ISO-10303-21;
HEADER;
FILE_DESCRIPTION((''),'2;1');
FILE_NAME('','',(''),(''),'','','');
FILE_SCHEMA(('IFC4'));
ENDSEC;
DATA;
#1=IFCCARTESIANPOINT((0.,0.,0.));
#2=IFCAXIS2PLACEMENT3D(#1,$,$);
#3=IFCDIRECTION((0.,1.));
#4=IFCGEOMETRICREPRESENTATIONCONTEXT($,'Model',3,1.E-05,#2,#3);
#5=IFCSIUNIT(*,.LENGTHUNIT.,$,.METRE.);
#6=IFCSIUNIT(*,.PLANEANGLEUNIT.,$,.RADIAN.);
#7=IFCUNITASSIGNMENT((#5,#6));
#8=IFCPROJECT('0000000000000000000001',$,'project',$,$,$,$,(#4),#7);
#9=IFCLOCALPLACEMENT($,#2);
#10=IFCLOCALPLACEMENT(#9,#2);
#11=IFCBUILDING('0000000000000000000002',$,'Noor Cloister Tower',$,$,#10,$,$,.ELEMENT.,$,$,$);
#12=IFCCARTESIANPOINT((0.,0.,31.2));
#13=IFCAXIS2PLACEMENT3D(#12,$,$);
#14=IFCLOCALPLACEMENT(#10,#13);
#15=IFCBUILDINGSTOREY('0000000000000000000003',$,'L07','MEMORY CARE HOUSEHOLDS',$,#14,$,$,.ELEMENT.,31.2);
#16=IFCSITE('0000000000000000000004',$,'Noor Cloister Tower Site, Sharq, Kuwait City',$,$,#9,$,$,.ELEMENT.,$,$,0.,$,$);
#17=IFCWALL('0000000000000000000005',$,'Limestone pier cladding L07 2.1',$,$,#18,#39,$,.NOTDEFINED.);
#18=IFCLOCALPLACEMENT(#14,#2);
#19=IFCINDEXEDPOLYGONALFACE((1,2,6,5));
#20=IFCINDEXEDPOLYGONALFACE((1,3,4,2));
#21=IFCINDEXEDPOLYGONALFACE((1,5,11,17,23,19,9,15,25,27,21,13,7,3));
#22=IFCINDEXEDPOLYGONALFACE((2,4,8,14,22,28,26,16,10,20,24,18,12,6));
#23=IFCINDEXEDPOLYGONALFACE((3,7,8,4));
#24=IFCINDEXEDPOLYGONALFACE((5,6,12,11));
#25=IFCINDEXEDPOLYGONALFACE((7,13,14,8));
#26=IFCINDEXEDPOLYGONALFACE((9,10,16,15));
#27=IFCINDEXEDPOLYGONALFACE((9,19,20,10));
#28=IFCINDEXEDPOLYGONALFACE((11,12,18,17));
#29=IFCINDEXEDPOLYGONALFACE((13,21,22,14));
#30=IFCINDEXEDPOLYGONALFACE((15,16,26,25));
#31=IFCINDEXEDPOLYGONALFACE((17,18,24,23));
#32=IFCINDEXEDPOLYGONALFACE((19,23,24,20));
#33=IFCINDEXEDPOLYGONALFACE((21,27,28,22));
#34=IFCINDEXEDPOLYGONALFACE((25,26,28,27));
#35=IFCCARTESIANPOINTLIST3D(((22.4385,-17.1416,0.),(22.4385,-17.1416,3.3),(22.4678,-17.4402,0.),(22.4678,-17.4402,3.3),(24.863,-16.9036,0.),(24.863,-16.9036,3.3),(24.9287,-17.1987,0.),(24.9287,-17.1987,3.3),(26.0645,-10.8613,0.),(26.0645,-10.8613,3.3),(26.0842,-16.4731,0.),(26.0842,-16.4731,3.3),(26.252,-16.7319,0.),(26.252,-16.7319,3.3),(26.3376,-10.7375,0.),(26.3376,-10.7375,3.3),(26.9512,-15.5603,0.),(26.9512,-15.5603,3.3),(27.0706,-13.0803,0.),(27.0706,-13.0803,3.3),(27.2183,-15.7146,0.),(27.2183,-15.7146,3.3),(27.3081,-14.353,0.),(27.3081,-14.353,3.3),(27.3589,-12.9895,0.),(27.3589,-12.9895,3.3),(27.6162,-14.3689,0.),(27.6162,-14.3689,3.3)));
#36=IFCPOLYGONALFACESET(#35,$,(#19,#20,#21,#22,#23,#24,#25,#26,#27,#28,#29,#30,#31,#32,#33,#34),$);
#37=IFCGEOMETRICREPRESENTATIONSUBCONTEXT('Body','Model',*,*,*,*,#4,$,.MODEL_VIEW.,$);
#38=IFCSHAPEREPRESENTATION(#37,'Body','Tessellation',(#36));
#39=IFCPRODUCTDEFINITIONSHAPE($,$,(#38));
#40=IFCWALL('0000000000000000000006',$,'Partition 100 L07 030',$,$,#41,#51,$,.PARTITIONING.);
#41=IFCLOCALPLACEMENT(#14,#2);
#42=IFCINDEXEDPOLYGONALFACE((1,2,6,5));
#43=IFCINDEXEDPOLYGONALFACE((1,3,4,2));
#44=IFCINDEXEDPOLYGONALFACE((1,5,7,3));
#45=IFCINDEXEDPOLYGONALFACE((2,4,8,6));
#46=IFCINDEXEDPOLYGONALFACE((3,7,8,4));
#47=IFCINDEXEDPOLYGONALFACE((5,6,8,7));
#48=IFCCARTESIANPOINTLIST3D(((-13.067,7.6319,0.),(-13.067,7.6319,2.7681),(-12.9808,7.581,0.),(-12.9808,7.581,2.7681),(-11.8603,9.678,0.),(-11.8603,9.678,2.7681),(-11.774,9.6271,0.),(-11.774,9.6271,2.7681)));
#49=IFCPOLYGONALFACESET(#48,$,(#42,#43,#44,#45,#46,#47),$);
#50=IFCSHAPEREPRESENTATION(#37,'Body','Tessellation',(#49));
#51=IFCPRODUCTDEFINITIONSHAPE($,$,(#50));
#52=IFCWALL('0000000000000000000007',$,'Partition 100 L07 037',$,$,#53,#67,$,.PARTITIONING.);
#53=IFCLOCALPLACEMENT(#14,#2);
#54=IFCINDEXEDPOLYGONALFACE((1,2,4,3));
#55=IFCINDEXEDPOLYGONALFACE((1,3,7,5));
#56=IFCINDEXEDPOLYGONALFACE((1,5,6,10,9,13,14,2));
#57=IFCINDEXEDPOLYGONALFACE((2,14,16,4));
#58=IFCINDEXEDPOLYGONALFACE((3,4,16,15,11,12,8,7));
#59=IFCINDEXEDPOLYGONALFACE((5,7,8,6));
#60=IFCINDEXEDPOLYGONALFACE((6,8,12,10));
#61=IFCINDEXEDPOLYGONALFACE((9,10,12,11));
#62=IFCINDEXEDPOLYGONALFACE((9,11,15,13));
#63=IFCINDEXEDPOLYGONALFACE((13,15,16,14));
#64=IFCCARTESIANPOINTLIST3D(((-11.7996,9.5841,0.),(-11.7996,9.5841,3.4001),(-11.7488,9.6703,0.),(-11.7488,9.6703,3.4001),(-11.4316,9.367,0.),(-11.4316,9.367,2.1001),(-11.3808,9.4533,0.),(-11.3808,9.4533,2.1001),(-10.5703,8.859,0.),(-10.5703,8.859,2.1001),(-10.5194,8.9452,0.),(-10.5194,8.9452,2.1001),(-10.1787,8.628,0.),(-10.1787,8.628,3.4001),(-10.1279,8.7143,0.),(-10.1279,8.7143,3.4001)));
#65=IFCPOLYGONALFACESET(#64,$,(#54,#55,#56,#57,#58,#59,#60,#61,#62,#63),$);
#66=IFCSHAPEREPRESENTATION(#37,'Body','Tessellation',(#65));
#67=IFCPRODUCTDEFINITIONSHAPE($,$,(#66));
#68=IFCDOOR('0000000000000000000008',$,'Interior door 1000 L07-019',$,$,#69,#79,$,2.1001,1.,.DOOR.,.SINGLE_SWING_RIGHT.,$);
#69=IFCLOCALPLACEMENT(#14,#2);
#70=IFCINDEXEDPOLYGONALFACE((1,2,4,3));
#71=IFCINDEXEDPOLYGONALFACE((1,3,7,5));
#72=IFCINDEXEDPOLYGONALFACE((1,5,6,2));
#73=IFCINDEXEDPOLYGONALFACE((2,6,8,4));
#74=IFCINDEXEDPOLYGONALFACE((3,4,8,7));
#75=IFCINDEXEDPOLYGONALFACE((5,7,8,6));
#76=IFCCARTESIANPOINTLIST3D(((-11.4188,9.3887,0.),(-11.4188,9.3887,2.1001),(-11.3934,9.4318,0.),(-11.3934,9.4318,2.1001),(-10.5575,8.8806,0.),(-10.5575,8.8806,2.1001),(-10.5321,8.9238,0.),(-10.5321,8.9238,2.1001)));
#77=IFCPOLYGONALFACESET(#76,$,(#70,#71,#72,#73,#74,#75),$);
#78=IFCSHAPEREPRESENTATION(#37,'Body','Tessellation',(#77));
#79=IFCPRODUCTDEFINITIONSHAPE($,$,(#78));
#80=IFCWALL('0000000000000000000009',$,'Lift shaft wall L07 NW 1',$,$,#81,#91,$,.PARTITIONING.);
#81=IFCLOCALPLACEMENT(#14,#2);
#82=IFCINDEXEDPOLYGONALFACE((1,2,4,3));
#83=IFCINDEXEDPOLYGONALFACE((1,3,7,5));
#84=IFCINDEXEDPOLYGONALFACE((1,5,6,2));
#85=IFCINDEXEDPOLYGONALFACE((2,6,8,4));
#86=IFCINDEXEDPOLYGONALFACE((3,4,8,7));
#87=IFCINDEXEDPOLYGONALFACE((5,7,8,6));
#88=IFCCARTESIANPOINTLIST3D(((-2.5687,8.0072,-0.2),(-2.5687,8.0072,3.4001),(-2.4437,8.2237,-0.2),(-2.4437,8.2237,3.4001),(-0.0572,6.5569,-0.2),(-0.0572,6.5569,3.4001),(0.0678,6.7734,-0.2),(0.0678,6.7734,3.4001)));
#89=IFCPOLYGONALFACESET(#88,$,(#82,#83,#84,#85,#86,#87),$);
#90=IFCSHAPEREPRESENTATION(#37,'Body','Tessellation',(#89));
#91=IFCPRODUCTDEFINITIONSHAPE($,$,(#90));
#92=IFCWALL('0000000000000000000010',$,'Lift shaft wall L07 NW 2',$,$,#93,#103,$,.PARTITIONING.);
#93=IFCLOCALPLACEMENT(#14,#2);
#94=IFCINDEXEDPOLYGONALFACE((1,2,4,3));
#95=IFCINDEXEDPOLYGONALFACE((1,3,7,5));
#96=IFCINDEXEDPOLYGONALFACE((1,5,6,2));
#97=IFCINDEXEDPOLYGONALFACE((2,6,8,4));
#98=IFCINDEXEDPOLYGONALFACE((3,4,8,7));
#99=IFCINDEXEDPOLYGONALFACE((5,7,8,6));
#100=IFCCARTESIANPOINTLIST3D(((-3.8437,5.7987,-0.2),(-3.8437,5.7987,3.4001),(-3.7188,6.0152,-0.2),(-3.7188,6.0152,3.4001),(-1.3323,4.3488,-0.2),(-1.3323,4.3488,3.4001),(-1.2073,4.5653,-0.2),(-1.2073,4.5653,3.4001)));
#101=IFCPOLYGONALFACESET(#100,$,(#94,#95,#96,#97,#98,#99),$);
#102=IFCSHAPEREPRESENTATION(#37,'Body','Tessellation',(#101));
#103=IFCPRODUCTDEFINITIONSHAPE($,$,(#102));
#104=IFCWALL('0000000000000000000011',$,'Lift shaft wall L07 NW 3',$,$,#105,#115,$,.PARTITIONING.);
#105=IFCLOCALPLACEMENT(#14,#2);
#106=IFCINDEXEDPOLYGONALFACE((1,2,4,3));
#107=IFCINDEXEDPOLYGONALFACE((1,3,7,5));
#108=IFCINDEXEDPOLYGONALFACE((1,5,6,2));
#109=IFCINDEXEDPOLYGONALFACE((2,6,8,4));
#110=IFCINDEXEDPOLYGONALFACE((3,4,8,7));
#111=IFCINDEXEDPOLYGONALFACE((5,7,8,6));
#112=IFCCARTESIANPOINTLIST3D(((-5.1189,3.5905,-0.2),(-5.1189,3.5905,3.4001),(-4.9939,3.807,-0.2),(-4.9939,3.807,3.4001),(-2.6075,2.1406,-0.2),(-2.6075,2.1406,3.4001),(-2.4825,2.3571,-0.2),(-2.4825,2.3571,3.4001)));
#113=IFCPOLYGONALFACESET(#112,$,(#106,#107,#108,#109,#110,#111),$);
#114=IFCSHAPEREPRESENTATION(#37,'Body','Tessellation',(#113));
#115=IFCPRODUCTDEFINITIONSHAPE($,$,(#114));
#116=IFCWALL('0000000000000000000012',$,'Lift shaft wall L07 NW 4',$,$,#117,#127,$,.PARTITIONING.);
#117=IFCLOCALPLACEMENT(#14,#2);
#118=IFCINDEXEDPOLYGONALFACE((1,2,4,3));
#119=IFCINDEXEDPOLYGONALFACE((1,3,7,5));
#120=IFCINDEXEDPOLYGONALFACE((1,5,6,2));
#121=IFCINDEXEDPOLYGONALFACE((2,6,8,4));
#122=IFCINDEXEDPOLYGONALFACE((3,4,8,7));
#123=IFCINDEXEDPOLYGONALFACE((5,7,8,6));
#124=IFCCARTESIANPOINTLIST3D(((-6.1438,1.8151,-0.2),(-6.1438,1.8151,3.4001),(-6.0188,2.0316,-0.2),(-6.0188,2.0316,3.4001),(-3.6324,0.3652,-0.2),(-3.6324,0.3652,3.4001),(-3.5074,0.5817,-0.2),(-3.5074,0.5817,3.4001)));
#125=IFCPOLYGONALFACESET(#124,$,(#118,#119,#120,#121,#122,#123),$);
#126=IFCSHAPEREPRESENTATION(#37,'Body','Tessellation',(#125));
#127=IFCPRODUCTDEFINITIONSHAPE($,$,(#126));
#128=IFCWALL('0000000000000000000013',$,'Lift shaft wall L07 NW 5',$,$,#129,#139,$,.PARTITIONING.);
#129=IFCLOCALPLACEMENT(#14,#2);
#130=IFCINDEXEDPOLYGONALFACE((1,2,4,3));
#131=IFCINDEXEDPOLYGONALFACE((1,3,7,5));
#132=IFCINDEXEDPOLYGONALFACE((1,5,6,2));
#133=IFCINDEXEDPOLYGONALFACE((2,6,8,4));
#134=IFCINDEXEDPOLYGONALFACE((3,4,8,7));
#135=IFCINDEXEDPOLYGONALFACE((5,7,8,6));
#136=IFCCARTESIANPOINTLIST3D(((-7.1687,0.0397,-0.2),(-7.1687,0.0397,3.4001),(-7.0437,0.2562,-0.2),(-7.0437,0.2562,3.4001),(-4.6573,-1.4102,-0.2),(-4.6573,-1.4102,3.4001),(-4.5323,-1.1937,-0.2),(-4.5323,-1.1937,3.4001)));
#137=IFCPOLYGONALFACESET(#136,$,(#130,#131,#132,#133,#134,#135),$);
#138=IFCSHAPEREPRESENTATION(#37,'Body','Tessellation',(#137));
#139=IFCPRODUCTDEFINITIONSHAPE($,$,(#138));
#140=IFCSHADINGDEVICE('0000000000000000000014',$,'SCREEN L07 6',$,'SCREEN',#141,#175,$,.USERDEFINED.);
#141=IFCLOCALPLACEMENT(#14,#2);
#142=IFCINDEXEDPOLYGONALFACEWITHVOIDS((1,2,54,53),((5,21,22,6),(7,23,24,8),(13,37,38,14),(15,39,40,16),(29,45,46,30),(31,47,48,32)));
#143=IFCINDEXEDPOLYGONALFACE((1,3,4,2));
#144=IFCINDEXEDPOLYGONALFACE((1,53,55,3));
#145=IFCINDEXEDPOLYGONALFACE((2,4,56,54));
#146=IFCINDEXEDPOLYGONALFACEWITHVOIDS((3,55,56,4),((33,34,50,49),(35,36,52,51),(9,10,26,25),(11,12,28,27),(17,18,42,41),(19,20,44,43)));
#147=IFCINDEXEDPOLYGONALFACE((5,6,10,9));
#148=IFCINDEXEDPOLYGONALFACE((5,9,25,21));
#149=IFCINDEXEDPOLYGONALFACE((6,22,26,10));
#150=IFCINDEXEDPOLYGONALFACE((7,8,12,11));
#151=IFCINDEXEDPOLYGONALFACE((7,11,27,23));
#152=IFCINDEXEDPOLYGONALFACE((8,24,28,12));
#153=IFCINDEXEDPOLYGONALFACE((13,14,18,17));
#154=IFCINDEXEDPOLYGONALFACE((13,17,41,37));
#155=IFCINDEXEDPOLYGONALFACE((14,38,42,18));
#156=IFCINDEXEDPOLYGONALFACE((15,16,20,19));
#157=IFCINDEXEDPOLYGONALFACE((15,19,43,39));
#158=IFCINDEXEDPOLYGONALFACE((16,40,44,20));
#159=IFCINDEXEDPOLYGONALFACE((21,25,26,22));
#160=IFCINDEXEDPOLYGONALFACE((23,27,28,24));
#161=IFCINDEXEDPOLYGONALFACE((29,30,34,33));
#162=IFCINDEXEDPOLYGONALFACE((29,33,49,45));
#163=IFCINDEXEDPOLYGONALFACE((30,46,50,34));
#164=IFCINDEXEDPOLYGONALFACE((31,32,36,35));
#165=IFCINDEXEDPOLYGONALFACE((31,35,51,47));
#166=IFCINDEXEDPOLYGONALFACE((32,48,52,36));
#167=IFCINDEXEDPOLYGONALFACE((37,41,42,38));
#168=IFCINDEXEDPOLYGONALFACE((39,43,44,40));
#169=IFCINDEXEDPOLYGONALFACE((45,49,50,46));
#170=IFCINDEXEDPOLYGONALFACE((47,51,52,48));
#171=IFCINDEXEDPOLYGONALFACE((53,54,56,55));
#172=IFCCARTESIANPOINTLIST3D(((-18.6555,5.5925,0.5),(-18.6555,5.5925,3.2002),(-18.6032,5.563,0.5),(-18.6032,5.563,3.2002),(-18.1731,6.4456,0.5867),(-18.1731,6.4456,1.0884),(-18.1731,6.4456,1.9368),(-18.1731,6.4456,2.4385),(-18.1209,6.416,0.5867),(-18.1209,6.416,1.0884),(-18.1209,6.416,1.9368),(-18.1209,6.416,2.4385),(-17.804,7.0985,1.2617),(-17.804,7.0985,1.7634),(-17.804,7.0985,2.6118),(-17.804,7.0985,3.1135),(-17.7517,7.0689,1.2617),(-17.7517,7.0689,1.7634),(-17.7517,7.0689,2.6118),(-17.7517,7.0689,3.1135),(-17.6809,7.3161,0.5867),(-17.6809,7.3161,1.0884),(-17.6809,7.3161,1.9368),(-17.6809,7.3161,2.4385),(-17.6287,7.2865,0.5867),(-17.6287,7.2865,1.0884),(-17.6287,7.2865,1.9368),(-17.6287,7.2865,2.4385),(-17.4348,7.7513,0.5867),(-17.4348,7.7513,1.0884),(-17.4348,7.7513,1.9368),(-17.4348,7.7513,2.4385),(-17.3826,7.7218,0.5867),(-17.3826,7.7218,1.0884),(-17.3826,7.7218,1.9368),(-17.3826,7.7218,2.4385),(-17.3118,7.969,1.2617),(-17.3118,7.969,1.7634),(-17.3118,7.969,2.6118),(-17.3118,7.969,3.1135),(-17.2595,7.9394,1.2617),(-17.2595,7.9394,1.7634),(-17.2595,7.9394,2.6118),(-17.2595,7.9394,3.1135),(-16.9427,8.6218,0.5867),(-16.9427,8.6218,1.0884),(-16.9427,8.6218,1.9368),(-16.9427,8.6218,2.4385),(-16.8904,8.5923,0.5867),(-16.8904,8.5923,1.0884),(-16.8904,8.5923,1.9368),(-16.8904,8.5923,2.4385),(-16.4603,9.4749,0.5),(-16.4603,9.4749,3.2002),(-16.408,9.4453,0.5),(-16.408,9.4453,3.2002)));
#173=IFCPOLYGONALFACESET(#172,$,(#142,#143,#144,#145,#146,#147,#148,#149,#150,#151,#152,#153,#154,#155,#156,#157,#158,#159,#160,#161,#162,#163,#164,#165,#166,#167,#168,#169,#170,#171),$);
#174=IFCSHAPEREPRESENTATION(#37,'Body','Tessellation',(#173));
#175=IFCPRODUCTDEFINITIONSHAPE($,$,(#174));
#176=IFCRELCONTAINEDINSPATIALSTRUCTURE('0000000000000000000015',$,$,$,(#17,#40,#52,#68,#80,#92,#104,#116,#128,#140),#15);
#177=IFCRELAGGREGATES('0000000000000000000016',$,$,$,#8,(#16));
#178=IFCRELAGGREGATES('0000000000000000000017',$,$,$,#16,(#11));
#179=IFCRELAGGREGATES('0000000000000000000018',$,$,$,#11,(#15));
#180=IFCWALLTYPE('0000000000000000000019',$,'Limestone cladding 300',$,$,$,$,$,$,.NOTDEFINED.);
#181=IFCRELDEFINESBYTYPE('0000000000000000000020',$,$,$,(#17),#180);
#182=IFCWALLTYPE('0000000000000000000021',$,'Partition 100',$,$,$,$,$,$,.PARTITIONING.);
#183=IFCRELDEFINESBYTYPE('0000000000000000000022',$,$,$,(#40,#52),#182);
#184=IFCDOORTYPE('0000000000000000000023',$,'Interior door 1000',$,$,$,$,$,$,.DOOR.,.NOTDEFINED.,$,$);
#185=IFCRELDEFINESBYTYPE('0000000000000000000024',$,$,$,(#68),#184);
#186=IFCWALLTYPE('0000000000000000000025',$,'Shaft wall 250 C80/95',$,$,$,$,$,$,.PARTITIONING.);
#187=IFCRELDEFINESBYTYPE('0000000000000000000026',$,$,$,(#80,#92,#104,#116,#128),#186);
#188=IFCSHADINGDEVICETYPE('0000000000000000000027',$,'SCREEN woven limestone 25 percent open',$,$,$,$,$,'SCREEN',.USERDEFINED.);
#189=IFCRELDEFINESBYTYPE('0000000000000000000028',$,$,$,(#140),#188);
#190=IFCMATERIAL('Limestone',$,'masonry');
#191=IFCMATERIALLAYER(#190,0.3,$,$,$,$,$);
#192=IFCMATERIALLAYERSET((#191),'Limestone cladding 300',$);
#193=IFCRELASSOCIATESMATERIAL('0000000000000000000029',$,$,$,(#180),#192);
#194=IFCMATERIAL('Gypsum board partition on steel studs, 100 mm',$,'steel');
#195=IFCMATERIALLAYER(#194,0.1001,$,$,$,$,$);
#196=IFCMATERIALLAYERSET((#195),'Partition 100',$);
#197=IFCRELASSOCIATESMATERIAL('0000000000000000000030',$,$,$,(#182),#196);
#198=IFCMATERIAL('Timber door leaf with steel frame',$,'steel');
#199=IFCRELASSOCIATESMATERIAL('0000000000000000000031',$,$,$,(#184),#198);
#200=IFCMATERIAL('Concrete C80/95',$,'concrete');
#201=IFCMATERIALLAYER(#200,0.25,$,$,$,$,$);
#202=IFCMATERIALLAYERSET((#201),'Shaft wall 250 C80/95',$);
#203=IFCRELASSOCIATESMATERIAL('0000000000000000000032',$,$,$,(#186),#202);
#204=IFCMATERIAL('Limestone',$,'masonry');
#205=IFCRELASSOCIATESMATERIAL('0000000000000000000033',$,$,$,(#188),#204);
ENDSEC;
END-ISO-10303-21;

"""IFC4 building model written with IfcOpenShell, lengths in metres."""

from ifc_helpers import new_model, si_unit, direction, frame, frame_2d, origin, place, context, subcontext, project, spatial, polyline, rectangle, outline, extrude, material, layer, layer_set, material_profile, profile_set, type_object, element, fill, save


model = new_model("IFC4")

# Units and contexts
model_context = context("Model", 3, precision=1e-05, world=origin(), true_north=direction((0.0, 1.0)))
body_context = subcontext(model_context, "Body", "Model", "MODEL_VIEW")
ifc_project = project(units=[si_unit("LENGTHUNIT", "METRE"), si_unit("PLANEANGLEUNIT", "RADIAN")], contexts=[model_context])

# Site, building, storey
site_placement = place(None, origin())
site = spatial("IfcSite", under=ifc_project, at=site_placement, Name="Noor Cloister Tower Site, Sharq, Kuwait City", CompositionType="ELEMENT", RefElevation=0.0)
building_placement = place(site_placement, origin())
building = spatial("IfcBuilding", under=site, at=building_placement, Name="Noor Cloister Tower", CompositionType="ELEMENT")
storey_placement = place(building_placement, frame((0.0, 0.0, 31.2)))
storey = spatial("IfcBuildingStorey", under=building, at=storey_placement, Name="L07", Description="MEMORY CARE HOUSEHOLDS", CompositionType="ELEMENT", Elevation=31.2)

# Walls
ifc_material_1 = material(Name="Limestone", Category="masonry")
ifc_layer_1 = layer(ifc_material_1, 0.3)
ifc_layer_set_1 = layer_set([ifc_layer_1], Name="Limestone cladding 300")
wall_type_1 = type_object("IfcWallType", Name="Limestone cladding 300", PredefinedType="NOTDEFINED", material=ifc_layer_set_1)
wall_1_placement = place(storey_placement, origin())
element("IfcWall", 1, at=wall_1_placement, inside=storey, type_object=wall_type_1, Name="Limestone pier cladding L07 2.1", PredefinedType="NOTDEFINED", context=body_context, shape_type="SweptSolid", body=[
    extrude(outline(polyline([(22.4678, -17.4402), (24.9287, -17.1987), (26.252, -16.7319), (27.2183, -15.7146), (27.6162, -14.3689), (27.3589, -12.9895), (26.3376, -10.7375), (26.0645, -10.8613), (27.0706, -13.0803), (27.3081, -14.353), (26.9512, -15.5603), (26.0842, -16.4731), (24.863, -16.9036), (22.4385, -17.1416), (22.4678, -17.4402)])), origin(), (0.0, 0.0, 1.0), 3.3),
])
ifc_material_2 = material(Name="Gypsum board partition on steel studs, 100 mm", Category="steel")
ifc_layer_2 = layer(ifc_material_2, 0.1001)
ifc_layer_set_2 = layer_set([ifc_layer_2], Name="Partition 100")
wall_type_2 = type_object("IfcWallType", Name="Partition 100", PredefinedType="PARTITIONING", material=ifc_layer_set_2)
wall_2_placement = place(storey_placement, frame((-13.0239, 7.6064, 0.0), z_axis=(0.0, 0.0, 1.0), x_axis=(0.508012, 0.86135, 0.0)))
element("IfcWall", 2, at=wall_2_placement, inside=storey, type_object=wall_type_2, Name="Partition 100 L07 030", PredefinedType="PARTITIONING", context=body_context, shape_type="SweptSolid", body=[
    extrude(rectangle(XDim=2.3755, YDim=0.1001, at=frame_2d((1.1877, 0.0))), origin(), (0.0, 0.0, 1.0), 2.7681),
])

# Wall, opening, door
wall_3_placement = place(storey_placement, frame((-10.1533, 8.6711, 0.0), z_axis=(0.0, 0.0, 1.0), x_axis=(-0.861327, 0.508052, 0.0)))
wall_3 = element("IfcWall", 3, at=wall_3_placement, inside=storey, type_object=wall_type_2, Name="Partition 100 L07 037", PredefinedType="PARTITIONING", context=body_context, shape_type="SweptSolid", body=[
    extrude(rectangle(XDim=1.8818, YDim=0.1001, at=frame_2d((0.9409, 0.0))), origin(), (0.0, 0.0, 1.0), 3.4001),
])
opening_placement = place(wall_3_placement, frame((0.4546, 0.0, 0.0)))
opening = element("IfcOpeningElement", 4, at=opening_placement, cuts=wall_3, PredefinedType="OPENING", context=body_context, shape_type="SweptSolid", body=[
    extrude(rectangle(XDim=1.0, YDim=2.1001, at=frame_2d((0.5, 1.05))), frame((0.0, 0.0601, 0.0), z_axis=(0.0, -1.0, 0.0), x_axis=(1.0, 0.0, 0.0)), (0.0, 0.0, 1.0), 0.1201),
])
ifc_material_3 = material(Name="Timber door leaf with steel frame", Category="steel")
door_type = type_object("IfcDoorType", Name="Interior door 1000", OperationType="NOTDEFINED", PredefinedType="DOOR", material=ifc_material_3)
door_placement = place(opening_placement, origin())
door = element("IfcDoor", 5, at=door_placement, inside=storey, type_object=door_type, Name="Interior door 1000 L07-019", OperationType="SINGLE_SWING_RIGHT", OverallHeight=2.1001, OverallWidth=1.0, PredefinedType="DOOR", context=body_context, shape_type="SweptSolid", body=[
    extrude(rectangle(XDim=1.0, YDim=2.1001, at=frame_2d((0.5, 1.05))), frame((0.0, 0.0249, 0.0), z_axis=(0.0, -1.0, 0.0), x_axis=(1.0, 0.0, 0.0)), (0.0, 0.0, 1.0), 0.05),
])
fill(opening, door)

# Walls
ifc_material_4 = material(Name="Concrete C80/95", Category="concrete")
ifc_layer_3 = layer(ifc_material_4, 0.25)
ifc_layer_set_3 = layer_set([ifc_layer_3], Name="Shaft wall 250 C80/95")
wall_type_3 = type_object("IfcWallType", Name="Shaft wall 250 C80/95", PredefinedType="PARTITIONING", material=ifc_layer_set_3)
wall_4_placement = place(storey_placement, frame((-2.5063, 8.1155, -0.2), z_axis=(0.0, 0.0, 1.0), x_axis=(0.865996, -0.50005, 0.0)))
element("IfcWall", 6, at=wall_4_placement, inside=storey, type_object=wall_type_3, Name="Lift shaft wall L07 NW 1", PredefinedType="PARTITIONING", context=body_context, shape_type="SweptSolid", body=[
    extrude(rectangle(XDim=2.9001, YDim=0.25, at=frame_2d((1.4502, 0.0))), origin(), (0.0, 0.0, 1.0), 3.6001),
])
for number, where, z_axis, x_axis, name in (
    (7, (-3.7812, 5.907, -0.2), (0.0, 0.0, 1.0), (0.866033, -0.499987, 0.0), "Lift shaft wall L07 NW 2"),
    (8, (-5.0564, 3.6987, -0.2), (0.0, 0.0, 1.0), (0.866033, -0.499987, 0.0), "Lift shaft wall L07 NW 3"),
    (9, (-6.0813, 1.9233, -0.2), (0.0, 0.0, 1.0), (0.866033, -0.499987, 0.0), "Lift shaft wall L07 NW 4"),
    (10, (-7.1062, 0.1479, -0.2), (0.0, 0.0, 1.0), (0.866033, -0.499987, 0.0), "Lift shaft wall L07 NW 5"),
):
    element("IfcWall", number, at=place(storey_placement, frame(where, z_axis=z_axis, x_axis=x_axis)), inside=storey, type_object=wall_type_3, Name=name, PredefinedType="PARTITIONING", context=body_context, shape_type="SweptSolid", body=[
        extrude(rectangle(XDim=2.8999, YDim=0.25, at=frame_2d((1.45, 0.0))), origin(), (0.0, 0.0, 1.0), 3.6001),
    ])

# Shading device
ifc_material_5 = material(Name="Limestone", Category="masonry")
ifc_material_profile_1 = material_profile(ifc_material_5, outline(polyline([(-2.23, -1.3501), (2.23, -1.3501), (2.23, 1.3501), (-2.23, 1.3501), (-2.23, -1.3501)]), holes=[polyline([(-1.25, -1.2634), (-0.25, -1.2634), (-0.25, -0.7617), (-1.25, -0.7617), (-1.25, -1.2634)]), polyline([(0.25, -1.2634), (1.25, -1.2634), (1.25, -0.7617), (0.25, -0.7617), (0.25, -1.2634)]), polyline([(-0.5, -0.5884), (0.5, -0.5884), (0.5, -0.0867), (-0.5, -0.0867), (-0.5, -0.5884)]), polyline([(-1.25, 0.0867), (-0.25, 0.0867), (-0.25, 0.5884), (-1.25, 0.5884), (-1.25, 0.0867)]), polyline([(0.25, 0.0867), (1.25, 0.0867), (1.25, 0.5884), (0.25, 0.5884), (0.25, 0.0867)]), polyline([(-0.5, 0.7617), (0.5, 0.7617), (0.5, 1.2634), (-0.5, 1.2634), (-0.5, 0.7617)])]), Name="Woven screen 25 percent open")
ifc_profile_set_1 = profile_set([ifc_material_profile_1], Name="Limestone")
shading_device_type = type_object("IfcShadingDeviceType", Name="SCREEN woven limestone 25 percent open", ElementType="SCREEN", PredefinedType="USERDEFINED", material=ifc_profile_set_1)
for number, where, z_axis, x_axis, name in (
    (11, (-17.5056, 7.5042, 1.8501), (-0.870487, 0.492191, 0.0), (-0.492191, -0.870487, 0.0), "SCREEN L07 6"),
):
    element("IfcShadingDevice", number, at=place(storey_placement, frame(where, z_axis=z_axis, x_axis=x_axis)), inside=storey, type_object=shading_device_type, Name=name, ObjectType="SCREEN", PredefinedType="USERDEFINED", context=body_context, shape_type="SweptSolid", body=[
        extrude(outline(polyline([(-2.23, -1.3501), (2.23, -1.3501), (2.23, 1.3501), (-2.23, 1.3501), (-2.23, -1.3501)]), holes=[polyline([(-1.25, -1.2634), (-0.25, -1.2634), (-0.25, -0.7617), (-1.25, -0.7617), (-1.25, -1.2634)]), polyline([(0.25, -1.2634), (1.25, -1.2634), (1.25, -0.7617), (0.25, -0.7617), (0.25, -1.2634)]), polyline([(-0.5, -0.5884), (0.5, -0.5884), (0.5, -0.0867), (-0.5, -0.0867), (-0.5, -0.5884)]), polyline([(-1.25, 0.0867), (-0.25, 0.0867), (-0.25, 0.5884), (-1.25, 0.5884), (-1.25, 0.0867)]), polyline([(0.25, 0.0867), (1.25, 0.0867), (1.25, 0.5884), (0.25, 0.5884), (0.25, 0.0867)]), polyline([(-0.5, 0.7617), (0.5, 0.7617), (0.5, 1.2634), (-0.5, 1.2634), (-0.5, 0.7617)])]), origin(), (0.0, 0.0, 1.0), 0.0601),
    ])

save(model, "model.ifc")
